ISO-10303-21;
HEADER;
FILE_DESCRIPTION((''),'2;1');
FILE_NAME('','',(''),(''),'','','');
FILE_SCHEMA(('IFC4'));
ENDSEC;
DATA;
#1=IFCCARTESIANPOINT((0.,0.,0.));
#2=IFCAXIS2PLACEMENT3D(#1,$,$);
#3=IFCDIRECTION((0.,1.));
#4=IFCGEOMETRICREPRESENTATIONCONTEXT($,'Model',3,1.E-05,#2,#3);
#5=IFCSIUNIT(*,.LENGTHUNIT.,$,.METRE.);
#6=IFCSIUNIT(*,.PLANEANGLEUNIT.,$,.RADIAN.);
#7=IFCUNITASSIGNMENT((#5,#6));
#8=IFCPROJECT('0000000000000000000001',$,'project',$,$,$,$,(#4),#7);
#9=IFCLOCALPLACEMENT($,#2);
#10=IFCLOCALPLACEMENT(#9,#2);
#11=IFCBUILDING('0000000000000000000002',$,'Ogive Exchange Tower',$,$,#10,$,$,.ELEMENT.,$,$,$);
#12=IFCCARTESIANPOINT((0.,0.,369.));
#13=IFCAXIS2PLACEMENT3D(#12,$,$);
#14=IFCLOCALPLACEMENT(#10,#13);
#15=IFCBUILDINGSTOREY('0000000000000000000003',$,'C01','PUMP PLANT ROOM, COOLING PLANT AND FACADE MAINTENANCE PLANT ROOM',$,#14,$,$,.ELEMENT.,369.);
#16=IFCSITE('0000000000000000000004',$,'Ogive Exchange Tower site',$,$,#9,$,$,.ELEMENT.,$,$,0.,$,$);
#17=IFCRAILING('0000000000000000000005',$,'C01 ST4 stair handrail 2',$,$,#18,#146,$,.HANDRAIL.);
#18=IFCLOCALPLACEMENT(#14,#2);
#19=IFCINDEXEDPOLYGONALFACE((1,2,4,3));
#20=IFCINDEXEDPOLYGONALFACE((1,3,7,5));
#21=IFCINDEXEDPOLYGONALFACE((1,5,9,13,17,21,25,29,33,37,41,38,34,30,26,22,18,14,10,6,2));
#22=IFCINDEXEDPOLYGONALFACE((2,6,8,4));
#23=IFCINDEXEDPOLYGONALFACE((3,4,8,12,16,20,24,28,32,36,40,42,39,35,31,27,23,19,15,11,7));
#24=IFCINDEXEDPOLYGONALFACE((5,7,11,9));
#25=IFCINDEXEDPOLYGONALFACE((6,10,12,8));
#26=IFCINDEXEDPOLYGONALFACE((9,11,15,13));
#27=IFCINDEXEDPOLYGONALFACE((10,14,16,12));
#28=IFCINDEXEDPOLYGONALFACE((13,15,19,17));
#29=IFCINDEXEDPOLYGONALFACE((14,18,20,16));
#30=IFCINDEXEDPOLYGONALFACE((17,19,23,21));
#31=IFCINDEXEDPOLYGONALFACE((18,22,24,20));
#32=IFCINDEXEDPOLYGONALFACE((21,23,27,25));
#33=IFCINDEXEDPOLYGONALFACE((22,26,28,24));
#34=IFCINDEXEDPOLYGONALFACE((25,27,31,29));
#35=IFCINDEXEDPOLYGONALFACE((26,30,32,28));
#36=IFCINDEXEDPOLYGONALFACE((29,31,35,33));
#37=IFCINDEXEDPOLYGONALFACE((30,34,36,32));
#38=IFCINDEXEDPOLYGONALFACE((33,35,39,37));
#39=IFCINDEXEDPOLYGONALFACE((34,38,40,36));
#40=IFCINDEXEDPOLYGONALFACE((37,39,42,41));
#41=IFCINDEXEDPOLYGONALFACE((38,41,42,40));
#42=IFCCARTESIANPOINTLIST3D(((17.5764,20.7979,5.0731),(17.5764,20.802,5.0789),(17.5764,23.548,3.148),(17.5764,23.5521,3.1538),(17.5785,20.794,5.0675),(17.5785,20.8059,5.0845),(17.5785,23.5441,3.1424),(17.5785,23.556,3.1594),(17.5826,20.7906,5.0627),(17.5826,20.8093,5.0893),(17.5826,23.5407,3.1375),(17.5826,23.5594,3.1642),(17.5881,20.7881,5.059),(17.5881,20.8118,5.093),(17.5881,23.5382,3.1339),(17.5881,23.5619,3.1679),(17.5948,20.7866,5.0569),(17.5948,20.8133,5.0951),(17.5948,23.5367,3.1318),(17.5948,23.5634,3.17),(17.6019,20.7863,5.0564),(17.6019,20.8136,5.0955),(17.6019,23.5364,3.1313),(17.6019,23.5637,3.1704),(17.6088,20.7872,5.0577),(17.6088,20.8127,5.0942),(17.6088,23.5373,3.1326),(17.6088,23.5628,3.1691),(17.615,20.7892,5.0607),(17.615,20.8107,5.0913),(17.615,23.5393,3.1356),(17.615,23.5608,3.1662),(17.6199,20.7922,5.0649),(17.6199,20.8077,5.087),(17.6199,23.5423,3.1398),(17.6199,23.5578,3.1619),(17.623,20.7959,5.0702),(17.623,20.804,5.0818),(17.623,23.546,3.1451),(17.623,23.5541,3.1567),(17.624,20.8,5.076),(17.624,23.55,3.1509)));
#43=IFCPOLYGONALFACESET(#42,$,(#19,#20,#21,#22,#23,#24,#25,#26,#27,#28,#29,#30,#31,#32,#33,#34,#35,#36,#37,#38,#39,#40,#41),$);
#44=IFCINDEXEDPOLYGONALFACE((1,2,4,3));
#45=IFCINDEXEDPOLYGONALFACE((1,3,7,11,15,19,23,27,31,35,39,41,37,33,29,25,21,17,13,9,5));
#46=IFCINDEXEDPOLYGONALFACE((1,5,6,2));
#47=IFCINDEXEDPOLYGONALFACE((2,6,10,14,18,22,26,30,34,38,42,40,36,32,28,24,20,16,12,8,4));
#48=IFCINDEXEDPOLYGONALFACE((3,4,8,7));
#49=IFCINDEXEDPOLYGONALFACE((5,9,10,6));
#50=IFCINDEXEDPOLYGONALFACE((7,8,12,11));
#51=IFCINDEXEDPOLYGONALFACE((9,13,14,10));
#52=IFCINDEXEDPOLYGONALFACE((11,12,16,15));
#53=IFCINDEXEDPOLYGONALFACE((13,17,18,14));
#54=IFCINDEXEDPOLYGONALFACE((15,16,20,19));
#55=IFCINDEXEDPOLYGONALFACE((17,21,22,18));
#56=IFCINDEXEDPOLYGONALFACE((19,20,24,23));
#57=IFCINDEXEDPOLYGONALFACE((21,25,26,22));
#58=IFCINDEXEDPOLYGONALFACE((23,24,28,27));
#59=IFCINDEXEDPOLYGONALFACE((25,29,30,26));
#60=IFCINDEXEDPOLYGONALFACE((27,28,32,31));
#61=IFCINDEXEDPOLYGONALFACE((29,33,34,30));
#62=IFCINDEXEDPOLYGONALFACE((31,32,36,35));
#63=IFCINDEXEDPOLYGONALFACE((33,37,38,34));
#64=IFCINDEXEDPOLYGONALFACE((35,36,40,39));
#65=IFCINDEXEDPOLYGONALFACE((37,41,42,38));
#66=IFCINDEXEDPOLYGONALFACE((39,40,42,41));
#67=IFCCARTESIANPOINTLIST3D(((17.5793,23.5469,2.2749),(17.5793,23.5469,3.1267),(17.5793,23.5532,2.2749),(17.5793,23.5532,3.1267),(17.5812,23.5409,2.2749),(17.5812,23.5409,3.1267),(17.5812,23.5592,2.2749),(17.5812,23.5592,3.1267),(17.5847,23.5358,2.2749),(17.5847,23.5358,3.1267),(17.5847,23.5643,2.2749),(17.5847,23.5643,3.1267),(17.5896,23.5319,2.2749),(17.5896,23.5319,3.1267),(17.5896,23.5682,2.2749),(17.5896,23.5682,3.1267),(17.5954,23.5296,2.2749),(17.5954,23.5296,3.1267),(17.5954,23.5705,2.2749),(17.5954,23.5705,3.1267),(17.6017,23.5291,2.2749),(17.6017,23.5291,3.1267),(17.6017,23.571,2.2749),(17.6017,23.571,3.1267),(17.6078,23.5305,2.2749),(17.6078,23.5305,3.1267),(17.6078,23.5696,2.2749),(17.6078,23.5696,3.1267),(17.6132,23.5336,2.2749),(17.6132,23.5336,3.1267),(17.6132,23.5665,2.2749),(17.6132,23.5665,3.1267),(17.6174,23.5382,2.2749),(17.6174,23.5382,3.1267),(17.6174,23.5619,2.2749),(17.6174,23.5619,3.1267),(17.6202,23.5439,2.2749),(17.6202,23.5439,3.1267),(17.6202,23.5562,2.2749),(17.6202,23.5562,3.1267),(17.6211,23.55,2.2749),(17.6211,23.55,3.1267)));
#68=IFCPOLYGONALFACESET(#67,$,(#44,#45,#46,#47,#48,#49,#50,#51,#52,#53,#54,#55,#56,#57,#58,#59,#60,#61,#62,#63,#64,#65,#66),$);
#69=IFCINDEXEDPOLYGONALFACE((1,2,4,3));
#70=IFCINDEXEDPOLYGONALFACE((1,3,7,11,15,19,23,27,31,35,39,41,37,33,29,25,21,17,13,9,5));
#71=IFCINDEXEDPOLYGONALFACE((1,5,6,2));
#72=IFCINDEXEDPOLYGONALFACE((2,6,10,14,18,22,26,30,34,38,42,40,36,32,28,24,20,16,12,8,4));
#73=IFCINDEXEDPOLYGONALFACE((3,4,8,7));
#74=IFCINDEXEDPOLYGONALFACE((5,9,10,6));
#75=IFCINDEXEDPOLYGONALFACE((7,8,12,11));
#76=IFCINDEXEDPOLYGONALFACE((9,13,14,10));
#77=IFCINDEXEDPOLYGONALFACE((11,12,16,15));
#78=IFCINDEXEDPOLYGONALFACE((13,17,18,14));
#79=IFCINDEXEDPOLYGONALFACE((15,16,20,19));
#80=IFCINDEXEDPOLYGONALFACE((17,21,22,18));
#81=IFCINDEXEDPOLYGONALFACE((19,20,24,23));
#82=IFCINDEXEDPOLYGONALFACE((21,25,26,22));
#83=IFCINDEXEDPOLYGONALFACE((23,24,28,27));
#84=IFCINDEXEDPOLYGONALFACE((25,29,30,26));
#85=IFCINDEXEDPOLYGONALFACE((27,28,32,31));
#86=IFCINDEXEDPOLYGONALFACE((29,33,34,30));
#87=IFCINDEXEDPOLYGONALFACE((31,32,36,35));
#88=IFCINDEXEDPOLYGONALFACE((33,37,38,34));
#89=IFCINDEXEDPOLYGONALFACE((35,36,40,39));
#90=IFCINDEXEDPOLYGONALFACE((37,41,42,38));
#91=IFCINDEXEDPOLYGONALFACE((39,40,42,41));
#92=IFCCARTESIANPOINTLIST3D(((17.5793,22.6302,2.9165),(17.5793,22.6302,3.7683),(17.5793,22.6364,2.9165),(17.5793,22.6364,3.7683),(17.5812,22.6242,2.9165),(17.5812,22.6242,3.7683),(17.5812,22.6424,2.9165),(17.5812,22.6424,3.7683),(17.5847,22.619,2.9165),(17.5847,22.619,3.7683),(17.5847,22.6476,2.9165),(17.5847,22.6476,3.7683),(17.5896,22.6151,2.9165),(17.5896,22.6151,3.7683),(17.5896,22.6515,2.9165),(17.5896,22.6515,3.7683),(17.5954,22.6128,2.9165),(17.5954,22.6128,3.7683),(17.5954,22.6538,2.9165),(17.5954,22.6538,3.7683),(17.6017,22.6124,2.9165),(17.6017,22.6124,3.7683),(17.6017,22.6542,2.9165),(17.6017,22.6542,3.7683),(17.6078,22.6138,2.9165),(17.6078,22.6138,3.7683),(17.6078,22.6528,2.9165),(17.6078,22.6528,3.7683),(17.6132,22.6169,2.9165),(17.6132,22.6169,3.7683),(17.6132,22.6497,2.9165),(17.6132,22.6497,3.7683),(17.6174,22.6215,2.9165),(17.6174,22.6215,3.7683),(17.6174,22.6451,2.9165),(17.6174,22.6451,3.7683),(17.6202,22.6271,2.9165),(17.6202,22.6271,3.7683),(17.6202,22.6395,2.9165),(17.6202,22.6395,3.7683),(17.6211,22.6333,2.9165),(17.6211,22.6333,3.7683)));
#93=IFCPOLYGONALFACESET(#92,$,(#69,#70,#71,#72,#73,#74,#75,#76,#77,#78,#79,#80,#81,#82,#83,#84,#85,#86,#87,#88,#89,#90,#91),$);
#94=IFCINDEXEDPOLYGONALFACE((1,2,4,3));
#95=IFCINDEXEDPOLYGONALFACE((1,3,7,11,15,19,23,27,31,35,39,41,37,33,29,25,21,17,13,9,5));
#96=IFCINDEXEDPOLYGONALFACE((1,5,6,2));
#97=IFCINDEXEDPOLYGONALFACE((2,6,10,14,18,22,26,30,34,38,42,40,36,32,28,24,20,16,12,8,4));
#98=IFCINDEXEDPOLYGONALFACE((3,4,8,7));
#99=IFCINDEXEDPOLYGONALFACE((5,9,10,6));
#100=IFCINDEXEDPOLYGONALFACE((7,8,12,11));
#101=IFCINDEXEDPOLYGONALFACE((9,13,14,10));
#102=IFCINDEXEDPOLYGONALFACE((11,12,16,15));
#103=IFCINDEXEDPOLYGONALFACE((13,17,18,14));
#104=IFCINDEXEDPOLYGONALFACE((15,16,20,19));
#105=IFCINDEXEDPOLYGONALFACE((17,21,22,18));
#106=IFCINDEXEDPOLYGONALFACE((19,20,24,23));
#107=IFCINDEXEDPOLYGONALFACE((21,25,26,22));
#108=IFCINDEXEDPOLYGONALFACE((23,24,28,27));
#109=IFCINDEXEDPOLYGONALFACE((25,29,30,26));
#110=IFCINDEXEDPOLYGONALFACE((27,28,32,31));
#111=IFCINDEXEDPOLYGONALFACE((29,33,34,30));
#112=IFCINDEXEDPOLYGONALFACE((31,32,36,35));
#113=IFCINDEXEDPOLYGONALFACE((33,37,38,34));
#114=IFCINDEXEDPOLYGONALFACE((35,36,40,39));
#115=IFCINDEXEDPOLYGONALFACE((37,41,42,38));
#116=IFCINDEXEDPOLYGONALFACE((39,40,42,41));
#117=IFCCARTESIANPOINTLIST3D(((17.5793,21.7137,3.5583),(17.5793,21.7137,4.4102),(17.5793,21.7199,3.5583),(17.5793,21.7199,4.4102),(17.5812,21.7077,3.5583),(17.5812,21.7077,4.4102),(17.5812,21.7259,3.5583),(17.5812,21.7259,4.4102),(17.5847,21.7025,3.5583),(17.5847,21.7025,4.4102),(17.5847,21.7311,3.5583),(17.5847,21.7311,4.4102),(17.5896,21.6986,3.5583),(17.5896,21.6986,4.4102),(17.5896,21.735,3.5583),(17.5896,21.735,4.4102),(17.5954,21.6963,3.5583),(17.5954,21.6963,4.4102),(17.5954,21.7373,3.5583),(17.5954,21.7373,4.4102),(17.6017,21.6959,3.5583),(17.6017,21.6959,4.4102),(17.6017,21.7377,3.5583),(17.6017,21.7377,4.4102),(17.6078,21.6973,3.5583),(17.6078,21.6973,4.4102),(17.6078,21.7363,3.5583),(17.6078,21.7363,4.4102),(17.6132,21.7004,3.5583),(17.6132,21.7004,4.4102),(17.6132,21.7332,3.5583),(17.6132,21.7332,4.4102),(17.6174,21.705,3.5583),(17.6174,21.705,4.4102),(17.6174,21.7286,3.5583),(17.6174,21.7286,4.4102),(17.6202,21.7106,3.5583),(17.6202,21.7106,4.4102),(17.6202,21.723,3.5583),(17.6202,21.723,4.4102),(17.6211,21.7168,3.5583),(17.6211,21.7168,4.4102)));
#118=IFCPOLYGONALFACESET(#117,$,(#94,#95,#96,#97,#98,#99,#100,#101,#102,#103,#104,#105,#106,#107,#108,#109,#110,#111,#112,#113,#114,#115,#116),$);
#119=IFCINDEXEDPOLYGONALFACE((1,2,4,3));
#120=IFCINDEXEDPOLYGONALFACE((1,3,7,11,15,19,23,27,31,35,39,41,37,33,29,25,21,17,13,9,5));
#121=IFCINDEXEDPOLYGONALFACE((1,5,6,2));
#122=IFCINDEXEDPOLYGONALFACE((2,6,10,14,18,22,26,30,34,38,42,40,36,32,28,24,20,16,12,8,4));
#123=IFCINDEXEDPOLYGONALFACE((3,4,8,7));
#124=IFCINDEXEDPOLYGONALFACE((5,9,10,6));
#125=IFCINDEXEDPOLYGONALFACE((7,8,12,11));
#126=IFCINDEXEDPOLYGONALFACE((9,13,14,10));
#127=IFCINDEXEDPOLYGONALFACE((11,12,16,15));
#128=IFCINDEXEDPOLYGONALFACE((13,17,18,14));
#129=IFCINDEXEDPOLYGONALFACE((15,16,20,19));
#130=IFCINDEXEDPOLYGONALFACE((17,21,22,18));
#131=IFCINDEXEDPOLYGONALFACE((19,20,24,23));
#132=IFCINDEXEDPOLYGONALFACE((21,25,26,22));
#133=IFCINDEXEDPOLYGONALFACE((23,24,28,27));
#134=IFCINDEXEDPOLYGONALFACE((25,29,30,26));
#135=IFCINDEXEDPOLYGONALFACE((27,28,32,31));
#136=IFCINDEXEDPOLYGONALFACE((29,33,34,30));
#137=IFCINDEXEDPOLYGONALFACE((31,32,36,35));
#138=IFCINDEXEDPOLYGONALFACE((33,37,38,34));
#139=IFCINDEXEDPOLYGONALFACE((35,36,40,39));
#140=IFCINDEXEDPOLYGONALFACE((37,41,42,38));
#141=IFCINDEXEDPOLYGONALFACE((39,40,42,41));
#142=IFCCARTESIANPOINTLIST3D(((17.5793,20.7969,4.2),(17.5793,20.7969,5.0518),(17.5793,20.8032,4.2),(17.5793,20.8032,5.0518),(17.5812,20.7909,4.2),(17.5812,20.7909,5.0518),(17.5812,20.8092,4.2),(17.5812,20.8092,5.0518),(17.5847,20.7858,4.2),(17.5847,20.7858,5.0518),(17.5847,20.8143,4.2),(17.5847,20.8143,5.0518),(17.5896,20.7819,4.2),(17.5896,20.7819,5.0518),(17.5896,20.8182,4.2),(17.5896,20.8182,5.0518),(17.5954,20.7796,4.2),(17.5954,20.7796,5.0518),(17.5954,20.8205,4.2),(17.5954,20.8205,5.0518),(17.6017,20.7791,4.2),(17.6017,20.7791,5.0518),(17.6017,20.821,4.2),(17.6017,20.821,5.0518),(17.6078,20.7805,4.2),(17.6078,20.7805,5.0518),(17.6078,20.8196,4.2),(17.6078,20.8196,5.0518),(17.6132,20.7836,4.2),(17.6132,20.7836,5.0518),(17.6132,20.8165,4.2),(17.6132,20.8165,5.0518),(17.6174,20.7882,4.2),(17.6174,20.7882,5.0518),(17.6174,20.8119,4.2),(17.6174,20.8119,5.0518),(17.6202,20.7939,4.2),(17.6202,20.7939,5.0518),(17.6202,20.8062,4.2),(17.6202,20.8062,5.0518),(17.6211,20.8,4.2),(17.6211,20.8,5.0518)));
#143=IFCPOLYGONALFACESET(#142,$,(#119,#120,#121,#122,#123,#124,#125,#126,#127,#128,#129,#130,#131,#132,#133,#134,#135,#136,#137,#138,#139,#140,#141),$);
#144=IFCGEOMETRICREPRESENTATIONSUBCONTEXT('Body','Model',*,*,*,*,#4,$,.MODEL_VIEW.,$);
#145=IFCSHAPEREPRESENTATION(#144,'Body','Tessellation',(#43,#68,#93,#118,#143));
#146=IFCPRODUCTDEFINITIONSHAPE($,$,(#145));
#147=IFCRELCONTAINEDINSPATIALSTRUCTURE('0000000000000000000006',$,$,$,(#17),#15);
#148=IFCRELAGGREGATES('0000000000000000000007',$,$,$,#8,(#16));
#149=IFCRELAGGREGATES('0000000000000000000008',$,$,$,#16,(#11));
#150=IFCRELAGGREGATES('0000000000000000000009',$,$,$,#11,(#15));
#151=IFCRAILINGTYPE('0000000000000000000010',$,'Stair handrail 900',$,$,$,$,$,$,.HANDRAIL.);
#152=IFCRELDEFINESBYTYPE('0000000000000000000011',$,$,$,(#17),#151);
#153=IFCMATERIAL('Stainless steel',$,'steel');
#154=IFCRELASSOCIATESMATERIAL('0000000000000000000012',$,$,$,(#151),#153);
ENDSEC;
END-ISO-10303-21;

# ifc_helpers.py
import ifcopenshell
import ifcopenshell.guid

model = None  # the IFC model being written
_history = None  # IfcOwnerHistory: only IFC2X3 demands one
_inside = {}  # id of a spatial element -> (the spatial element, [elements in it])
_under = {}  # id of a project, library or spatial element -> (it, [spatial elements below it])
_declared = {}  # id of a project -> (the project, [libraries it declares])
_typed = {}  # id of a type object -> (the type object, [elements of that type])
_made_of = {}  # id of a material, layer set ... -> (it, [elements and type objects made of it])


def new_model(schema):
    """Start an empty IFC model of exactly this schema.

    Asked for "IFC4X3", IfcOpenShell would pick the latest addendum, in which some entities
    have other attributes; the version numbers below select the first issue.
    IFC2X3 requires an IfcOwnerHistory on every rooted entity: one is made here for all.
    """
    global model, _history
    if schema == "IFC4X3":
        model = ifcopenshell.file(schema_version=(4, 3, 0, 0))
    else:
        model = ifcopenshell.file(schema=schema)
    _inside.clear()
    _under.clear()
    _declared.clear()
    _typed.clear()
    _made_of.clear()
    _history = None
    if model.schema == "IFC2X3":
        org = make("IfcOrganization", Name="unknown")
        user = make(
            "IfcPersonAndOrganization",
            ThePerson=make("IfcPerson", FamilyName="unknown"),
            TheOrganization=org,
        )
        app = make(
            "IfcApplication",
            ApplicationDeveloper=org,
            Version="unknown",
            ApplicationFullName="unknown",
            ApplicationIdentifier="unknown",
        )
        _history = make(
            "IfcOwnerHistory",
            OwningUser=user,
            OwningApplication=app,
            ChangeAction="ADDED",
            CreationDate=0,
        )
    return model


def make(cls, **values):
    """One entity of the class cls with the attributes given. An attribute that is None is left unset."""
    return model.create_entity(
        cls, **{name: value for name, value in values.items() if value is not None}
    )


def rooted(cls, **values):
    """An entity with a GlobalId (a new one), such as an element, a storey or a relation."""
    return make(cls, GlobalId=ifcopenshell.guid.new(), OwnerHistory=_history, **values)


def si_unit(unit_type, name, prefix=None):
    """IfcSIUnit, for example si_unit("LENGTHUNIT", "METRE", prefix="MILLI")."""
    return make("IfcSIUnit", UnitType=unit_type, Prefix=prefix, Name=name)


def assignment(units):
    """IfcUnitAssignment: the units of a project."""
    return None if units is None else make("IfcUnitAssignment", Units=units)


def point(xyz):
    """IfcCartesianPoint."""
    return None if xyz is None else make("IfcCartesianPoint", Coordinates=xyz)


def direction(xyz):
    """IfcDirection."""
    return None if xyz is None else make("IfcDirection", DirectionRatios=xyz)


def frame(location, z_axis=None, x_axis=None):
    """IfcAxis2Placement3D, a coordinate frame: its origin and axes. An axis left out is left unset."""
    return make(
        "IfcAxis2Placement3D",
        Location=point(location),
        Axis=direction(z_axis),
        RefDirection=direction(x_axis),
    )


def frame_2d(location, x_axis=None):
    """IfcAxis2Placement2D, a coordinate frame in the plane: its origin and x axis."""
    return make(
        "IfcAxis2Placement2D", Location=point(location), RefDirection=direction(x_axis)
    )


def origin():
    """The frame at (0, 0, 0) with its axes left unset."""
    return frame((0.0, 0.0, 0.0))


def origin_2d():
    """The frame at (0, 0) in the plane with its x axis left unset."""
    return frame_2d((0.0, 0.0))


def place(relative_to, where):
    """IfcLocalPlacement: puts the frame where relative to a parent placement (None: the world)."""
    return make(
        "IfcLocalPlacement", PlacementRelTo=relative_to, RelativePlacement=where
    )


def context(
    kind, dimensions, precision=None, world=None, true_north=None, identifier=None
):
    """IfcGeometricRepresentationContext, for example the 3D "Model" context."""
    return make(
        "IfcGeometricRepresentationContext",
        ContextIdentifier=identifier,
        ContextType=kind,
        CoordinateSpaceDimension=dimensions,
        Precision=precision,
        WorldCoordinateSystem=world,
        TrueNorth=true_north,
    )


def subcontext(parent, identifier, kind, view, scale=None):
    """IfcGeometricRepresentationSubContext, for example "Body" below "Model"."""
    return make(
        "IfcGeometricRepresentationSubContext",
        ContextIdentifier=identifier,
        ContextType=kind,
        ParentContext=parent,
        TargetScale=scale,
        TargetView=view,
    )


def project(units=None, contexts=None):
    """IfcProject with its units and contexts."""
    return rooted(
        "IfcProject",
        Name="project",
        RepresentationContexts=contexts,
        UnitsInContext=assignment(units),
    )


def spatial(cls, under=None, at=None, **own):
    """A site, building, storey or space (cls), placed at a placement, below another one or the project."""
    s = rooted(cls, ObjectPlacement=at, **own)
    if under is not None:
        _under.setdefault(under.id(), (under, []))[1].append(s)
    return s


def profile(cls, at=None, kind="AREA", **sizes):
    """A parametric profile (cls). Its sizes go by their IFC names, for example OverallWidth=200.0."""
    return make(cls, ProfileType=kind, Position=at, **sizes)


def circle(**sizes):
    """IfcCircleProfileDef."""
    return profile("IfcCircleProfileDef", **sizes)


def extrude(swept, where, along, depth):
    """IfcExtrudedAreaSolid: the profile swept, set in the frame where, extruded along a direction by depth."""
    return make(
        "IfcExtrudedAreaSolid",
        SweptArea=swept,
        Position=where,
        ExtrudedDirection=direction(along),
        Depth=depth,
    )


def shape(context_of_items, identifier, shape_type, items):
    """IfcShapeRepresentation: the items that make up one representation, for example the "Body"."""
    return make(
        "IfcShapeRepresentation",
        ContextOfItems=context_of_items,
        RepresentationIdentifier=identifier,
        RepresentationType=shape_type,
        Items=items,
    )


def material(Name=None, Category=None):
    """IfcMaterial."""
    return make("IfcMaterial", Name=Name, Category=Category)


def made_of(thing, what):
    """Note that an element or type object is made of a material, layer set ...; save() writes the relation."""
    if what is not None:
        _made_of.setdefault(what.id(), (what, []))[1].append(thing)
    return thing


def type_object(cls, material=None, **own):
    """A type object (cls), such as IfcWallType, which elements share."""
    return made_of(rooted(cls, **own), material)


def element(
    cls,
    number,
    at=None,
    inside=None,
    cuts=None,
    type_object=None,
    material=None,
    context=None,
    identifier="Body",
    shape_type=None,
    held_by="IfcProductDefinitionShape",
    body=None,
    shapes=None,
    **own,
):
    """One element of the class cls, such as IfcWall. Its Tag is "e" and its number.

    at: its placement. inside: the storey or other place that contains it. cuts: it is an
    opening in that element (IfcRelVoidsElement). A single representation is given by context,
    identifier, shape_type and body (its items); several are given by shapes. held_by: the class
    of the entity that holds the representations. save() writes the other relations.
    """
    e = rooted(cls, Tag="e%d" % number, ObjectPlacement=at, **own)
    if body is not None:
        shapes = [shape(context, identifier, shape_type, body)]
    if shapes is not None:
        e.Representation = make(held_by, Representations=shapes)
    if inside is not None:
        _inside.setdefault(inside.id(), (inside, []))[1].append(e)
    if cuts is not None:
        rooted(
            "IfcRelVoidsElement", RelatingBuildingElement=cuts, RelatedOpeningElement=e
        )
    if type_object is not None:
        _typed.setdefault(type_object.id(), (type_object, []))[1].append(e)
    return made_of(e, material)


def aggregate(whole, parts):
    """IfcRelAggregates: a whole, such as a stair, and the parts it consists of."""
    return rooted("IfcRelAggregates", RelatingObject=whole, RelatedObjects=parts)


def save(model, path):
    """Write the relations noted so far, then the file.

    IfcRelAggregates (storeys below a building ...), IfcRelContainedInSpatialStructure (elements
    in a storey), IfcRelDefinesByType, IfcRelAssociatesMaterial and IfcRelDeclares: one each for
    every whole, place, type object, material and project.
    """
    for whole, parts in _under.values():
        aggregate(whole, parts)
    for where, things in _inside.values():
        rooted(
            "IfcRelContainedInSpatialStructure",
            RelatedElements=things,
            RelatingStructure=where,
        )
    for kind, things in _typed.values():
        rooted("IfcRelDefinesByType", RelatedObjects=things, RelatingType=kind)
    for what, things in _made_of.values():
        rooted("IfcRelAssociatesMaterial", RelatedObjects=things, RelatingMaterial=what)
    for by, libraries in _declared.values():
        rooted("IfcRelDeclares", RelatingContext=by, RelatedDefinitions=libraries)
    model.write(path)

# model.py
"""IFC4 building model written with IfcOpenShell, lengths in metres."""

from ifc_helpers import new_model, si_unit, direction, frame, origin, origin_2d, place, context, subcontext, project, spatial, circle, extrude, material, type_object, element, save


model = new_model("IFC4")

# Units and contexts
model_context = context("Model", 3, precision=1e-05, world=origin(), true_north=direction((0.0, 1.0)))
body_context = subcontext(model_context, "Body", "Model", "MODEL_VIEW")
ifc_project = project(units=[si_unit("LENGTHUNIT", "METRE"), si_unit("PLANEANGLEUNIT", "RADIAN")], contexts=[model_context])

# Site, building, storey
site_placement = place(None, origin())
site = spatial("IfcSite", under=ifc_project, at=site_placement, Name="Ogive Exchange Tower site", CompositionType="ELEMENT", RefElevation=0.0)
building_placement = place(site_placement, origin())
building = spatial("IfcBuilding", under=site, at=building_placement, Name="Ogive Exchange Tower", CompositionType="ELEMENT")
storey_placement = place(building_placement, frame((0.0, 0.0, 369.0)))
storey = spatial("IfcBuildingStorey", under=building, at=storey_placement, Name="C01", Description="PUMP PLANT ROOM, COOLING PLANT AND FACADE MAINTENANCE PLANT ROOM", CompositionType="ELEMENT", Elevation=369.0)

# Railing
ifc_material_1 = material(Name="Stainless steel", Category="steel")
railing_type = type_object("IfcRailingType", Name="Stair handrail 900", PredefinedType="HANDRAIL", material=ifc_material_1)
railing_placement = place(storey_placement, frame((17.6001, 23.55, 2.2749)))
element("IfcRailing", 1, at=railing_placement, inside=storey, type_object=railing_type, Name="C01 ST4 stair handrail 2", PredefinedType="HANDRAIL", context=body_context, shape_type="SweptSolid", body=[
    extrude(circle(Radius=0.0239, at=origin_2d()), frame((0.0, 0.0, 0.876), z_axis=(0.0, -0.819225, 0.573472), x_axis=(1.0, 0.0, 0.0)), (0.0, 0.0, 1.0), 3.3569),
    extrude(circle(Radius=0.021, at=origin_2d()), origin(), (0.0, 0.0, 1.0), 0.8518),
    extrude(circle(Radius=0.021, at=origin_2d()), frame((0.0, -0.9167, 0.6416)), (0.0, 0.0, 1.0), 0.8518),
    extrude(circle(Radius=0.021, at=origin_2d()), frame((0.0, -1.8333, 1.2834)), (0.0, 0.0, 1.0), 0.8518),
    extrude(circle(Radius=0.021, at=origin_2d()), frame((0.0, -2.75, 1.925)), (0.0, 0.0, 1.0), 0.8518),
])

save(model, "model.ifc")
